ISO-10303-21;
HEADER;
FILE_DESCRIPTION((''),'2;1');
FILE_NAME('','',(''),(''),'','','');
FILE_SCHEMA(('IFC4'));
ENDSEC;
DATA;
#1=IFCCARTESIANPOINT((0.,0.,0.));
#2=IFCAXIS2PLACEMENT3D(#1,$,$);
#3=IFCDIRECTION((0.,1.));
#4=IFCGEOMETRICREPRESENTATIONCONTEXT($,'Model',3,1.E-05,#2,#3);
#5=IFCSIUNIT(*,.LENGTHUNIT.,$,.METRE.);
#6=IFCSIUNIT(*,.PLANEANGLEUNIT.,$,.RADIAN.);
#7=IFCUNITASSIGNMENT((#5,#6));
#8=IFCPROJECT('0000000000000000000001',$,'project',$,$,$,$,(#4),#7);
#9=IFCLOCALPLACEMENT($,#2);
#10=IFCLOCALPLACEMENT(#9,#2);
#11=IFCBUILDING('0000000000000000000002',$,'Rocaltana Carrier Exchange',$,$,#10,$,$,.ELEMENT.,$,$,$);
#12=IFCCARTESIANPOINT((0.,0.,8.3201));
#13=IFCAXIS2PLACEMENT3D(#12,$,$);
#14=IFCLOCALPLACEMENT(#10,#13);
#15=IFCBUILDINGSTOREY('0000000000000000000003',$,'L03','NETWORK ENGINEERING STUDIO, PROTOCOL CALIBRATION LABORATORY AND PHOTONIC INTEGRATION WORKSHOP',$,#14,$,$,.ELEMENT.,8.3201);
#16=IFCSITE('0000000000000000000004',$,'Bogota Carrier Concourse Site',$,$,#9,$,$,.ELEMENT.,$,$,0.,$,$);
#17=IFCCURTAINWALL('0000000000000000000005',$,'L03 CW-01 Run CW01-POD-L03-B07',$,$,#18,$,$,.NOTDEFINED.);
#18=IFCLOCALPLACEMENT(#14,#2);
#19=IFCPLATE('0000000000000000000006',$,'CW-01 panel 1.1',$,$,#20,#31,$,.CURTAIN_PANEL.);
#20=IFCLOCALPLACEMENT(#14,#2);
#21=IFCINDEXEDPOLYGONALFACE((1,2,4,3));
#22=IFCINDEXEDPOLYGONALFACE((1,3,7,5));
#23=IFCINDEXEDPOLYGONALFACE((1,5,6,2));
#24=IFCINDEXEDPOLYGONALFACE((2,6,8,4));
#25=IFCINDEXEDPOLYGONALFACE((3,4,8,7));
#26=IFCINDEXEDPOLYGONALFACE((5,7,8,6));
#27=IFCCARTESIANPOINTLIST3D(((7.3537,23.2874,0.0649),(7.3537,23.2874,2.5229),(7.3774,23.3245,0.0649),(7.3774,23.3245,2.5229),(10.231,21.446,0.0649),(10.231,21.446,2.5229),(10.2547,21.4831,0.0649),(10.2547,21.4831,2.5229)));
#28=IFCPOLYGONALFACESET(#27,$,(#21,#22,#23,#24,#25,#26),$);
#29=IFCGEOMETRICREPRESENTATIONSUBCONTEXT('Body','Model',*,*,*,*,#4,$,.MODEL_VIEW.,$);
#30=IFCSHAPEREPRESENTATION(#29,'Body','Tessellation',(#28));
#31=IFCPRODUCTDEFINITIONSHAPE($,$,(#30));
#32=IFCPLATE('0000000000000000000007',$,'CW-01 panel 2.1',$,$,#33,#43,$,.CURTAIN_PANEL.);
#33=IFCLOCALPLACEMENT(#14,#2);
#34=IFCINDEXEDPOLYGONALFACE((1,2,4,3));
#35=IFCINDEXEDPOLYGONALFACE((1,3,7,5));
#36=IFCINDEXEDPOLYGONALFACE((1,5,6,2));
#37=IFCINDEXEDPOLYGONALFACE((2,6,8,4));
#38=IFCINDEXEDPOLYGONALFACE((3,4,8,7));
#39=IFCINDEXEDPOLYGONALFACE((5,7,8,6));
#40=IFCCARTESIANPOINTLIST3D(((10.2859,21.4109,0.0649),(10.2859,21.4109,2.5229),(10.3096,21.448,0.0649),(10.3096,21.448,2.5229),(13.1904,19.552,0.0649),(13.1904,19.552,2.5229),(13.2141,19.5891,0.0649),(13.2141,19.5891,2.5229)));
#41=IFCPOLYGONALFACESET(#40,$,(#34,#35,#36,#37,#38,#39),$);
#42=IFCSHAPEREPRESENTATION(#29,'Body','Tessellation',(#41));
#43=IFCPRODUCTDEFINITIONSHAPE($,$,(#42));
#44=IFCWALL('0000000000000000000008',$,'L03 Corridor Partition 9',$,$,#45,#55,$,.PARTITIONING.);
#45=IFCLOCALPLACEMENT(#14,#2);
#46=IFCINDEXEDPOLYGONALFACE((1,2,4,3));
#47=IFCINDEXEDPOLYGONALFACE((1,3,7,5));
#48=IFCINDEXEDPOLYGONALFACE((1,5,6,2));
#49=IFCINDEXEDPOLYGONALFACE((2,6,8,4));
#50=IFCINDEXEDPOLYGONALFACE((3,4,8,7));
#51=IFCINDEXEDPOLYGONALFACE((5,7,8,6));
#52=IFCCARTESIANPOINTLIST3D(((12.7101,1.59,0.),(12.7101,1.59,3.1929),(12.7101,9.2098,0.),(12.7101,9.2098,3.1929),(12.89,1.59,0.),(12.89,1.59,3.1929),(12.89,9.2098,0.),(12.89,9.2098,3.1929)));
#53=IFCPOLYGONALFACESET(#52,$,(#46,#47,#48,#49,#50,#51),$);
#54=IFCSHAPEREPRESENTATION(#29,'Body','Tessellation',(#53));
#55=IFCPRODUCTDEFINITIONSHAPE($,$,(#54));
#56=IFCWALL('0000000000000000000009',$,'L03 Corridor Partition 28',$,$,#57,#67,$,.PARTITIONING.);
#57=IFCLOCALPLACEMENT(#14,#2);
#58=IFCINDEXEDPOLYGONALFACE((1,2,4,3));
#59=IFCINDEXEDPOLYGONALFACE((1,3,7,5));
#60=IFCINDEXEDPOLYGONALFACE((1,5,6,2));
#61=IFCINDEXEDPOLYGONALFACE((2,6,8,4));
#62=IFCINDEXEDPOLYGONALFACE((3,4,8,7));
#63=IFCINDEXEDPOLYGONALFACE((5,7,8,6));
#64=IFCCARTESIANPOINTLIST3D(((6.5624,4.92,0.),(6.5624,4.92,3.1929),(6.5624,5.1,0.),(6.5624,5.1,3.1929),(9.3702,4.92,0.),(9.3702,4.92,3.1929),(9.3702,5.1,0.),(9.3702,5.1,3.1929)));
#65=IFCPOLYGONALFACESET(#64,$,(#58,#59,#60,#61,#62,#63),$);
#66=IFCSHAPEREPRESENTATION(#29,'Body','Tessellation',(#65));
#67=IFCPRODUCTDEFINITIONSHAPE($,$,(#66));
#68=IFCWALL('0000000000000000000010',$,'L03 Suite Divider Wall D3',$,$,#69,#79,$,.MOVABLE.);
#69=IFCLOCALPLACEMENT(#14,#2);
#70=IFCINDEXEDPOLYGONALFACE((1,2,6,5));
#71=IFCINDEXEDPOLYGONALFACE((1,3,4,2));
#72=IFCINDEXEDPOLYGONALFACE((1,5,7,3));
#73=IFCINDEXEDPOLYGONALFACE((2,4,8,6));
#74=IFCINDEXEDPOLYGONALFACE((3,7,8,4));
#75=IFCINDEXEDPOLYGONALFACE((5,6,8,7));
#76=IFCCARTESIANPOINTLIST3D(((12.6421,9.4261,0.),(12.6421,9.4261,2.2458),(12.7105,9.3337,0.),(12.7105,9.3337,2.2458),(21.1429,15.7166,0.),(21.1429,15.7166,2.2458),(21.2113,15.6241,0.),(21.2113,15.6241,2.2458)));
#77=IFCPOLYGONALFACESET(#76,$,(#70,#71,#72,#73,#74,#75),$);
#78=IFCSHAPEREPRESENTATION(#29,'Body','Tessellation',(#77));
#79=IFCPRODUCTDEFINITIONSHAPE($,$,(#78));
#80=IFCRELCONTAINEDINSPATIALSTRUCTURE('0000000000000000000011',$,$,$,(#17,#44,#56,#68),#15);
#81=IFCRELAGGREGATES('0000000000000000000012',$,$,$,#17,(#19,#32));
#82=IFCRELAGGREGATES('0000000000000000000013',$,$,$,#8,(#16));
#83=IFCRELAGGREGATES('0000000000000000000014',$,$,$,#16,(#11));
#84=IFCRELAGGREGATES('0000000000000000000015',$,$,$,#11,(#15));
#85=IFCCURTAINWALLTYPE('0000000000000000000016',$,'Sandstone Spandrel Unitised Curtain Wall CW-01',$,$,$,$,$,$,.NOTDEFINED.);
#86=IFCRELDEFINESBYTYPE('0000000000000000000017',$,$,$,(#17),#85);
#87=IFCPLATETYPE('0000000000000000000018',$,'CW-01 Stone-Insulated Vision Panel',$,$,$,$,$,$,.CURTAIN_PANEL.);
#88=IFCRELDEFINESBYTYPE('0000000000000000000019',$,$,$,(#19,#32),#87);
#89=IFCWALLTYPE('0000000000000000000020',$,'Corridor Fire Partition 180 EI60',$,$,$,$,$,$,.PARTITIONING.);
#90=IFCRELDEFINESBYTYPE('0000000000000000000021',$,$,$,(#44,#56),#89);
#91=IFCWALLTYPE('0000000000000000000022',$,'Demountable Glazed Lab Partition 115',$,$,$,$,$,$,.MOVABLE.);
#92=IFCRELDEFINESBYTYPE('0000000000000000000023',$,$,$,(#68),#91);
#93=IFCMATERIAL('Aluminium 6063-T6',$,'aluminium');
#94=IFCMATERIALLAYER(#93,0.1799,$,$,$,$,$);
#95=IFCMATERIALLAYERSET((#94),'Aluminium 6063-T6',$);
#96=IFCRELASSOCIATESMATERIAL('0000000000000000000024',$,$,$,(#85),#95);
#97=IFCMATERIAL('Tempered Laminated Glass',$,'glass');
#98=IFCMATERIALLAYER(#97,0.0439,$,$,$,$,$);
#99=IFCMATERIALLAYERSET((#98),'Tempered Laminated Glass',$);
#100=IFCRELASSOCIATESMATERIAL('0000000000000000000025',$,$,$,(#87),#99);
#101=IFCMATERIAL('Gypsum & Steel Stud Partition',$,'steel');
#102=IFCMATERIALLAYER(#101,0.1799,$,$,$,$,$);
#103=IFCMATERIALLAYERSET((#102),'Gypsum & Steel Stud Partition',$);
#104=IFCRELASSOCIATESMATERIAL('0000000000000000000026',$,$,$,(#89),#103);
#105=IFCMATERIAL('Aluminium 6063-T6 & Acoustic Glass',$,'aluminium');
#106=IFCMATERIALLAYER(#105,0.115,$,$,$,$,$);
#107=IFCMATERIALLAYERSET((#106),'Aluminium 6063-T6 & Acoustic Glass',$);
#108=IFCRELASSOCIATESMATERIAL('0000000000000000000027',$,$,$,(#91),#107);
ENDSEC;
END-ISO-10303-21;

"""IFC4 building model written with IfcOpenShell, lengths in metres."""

from ifc_helpers import new_model, si_unit, direction, frame, frame_2d, origin, origin_2d, place, context, subcontext, project, spatial, rectangle, extrude, material, layer, layer_set, type_object, element, aggregate, save


model = new_model("IFC4")

# Units and contexts
model_context = context("Model", 3, precision=1e-05, world=origin(), true_north=direction((0.0, 1.0)))
body_context = subcontext(model_context, "Body", "Model", "MODEL_VIEW")
ifc_project = project(units=[si_unit("LENGTHUNIT", "METRE"), si_unit("PLANEANGLEUNIT", "RADIAN")], contexts=[model_context])

# Site, building, storey
site_placement = place(None, origin())
site = spatial("IfcSite", under=ifc_project, at=site_placement, Name="Bogota Carrier Concourse Site", CompositionType="ELEMENT", RefElevation=0.0)
building_placement = place(site_placement, origin())
building = spatial("IfcBuilding", under=site, at=building_placement, Name="Rocaltana Carrier Exchange", CompositionType="ELEMENT")
storey_placement = place(building_placement, frame((0.0, 0.0, 8.3201)))
storey = spatial("IfcBuildingStorey", under=building, at=storey_placement, Name="L03", Description="NETWORK ENGINEERING STUDIO, PROTOCOL CALIBRATION LABORATORY AND PHOTONIC INTEGRATION WORKSHOP", CompositionType="ELEMENT", Elevation=8.3201)

# Curtain wall
ifc_material_1 = material(Name="Aluminium 6063-T6", Category="aluminium")
ifc_layer_1 = layer(ifc_material_1, 0.1799)
ifc_layer_set_1 = layer_set([ifc_layer_1], Name="Aluminium 6063-T6")
curtain_wall_type = type_object("IfcCurtainWallType", Name="Sandstone Spandrel Unitised Curtain Wall CW-01", PredefinedType="NOTDEFINED", material=ifc_layer_set_1)
curtain_wall_placement = place(storey_placement, origin())
curtain_wall = element("IfcCurtainWall", 1, at=curtain_wall_placement, inside=storey, type_object=curtain_wall_type, Name="L03 CW-01 Run CW01-POD-L03-B07", PredefinedType="NOTDEFINED")

# Plates
ifc_material_2 = material(Name="Tempered Laminated Glass", Category="glass")
ifc_layer_2 = layer(ifc_material_2, 0.0439)
ifc_layer_set_2 = layer_set([ifc_layer_2], Name="Tempered Laminated Glass")
plate_type = type_object("IfcPlateType", Name="CW-01 Stone-Insulated Vision Panel", PredefinedType="CURTAIN_PANEL", material=ifc_layer_set_2)
plate_1_placement = place(storey_placement, frame((8.8042, 22.3853, 0.0649), z_axis=(0.0, 0.0, 1.0), x_axis=(0.842273, -0.53905, 0.0)))
plate_1 = element("IfcPlate", 2, at=plate_1_placement, type_object=plate_type, Name="CW-01 panel 1.1", PredefinedType="CURTAIN_PANEL", context=body_context, shape_type="SweptSolid", body=[
    extrude(rectangle(XDim=3.416, YDim=0.0439, at=origin_2d()), origin(), (0.0, 0.0, 1.0), 2.458),
])
plate_2_placement = place(storey_placement, frame((11.75, 20.5, 0.0649), z_axis=(0.0, 0.0, 1.0), x_axis=(0.842273, -0.53905, 0.0)))
plate_2 = element("IfcPlate", 3, at=plate_2_placement, type_object=plate_type, Name="CW-01 panel 2.1", PredefinedType="CURTAIN_PANEL", context=body_context, shape_type="SweptSolid", body=[
    extrude(rectangle(XDim=3.4485, YDim=0.0439, at=origin_2d()), origin(), (0.0, 0.0, 1.0), 2.458),
])
aggregate(curtain_wall, [plate_1, plate_2])

# Walls
ifc_material_3 = material(Name="Gypsum & Steel Stud Partition", Category="steel")
ifc_layer_3 = layer(ifc_material_3, 0.1799)
ifc_layer_set_3 = layer_set([ifc_layer_3], Name="Gypsum & Steel Stud Partition")
wall_type_1 = type_object("IfcWallType", Name="Corridor Fire Partition 180 EI60", PredefinedType="PARTITIONING", material=ifc_layer_set_3)
wall_1_placement = place(storey_placement, frame((12.8, 9.21, 0.0), z_axis=(0.0, 0.0, 1.0), x_axis=(0.0, -1.0, 0.0)))
element("IfcWall", 4, at=wall_1_placement, inside=storey, type_object=wall_type_1, Name="L03 Corridor Partition 9", PredefinedType="PARTITIONING", context=body_context, shape_type="SweptSolid", body=[
    extrude(rectangle(XDim=7.6199, YDim=0.1799, at=frame_2d((3.8101, 0.0))), origin(), (0.0, 0.0, 1.0), 3.1929),
])
wall_2_placement = place(storey_placement, frame((9.3701, 5.01, 0.0), z_axis=(0.0, 0.0, 1.0), x_axis=(-1.0, 0.0, 0.0)))
element("IfcWall", 5, at=wall_2_placement, inside=storey, type_object=wall_type_1, Name="L03 Corridor Partition 28", PredefinedType="PARTITIONING", context=body_context, shape_type="SweptSolid", body=[
    extrude(rectangle(XDim=2.8079, YDim=0.1799, at=frame_2d((1.4038, 0.0))), origin(), (0.0, 0.0, 1.0), 3.1929),
])
ifc_material_4 = material(Name="Aluminium 6063-T6 & Acoustic Glass", Category="aluminium")
ifc_layer_4 = layer(ifc_material_4, 0.115)
ifc_layer_set_4 = layer_set([ifc_layer_4], Name="Aluminium 6063-T6 & Acoustic Glass")
wall_type_2 = type_object("IfcWallType", Name="Demountable Glazed Lab Partition 115", PredefinedType="MOVABLE", material=ifc_layer_set_4)
wall_3_placement = place(storey_placement, frame((12.6763, 9.3799, 0.0), z_axis=(0.0, 0.0, 1.0), x_axis=(0.803851, 0.594831, 0.0)))
element("IfcWall", 6, at=wall_3_placement, inside=storey, type_object=wall_type_2, Name="L03 Suite Divider Wall D3", PredefinedType="MOVABLE", context=body_context, shape_type="SweptSolid", body=[
    extrude(rectangle(XDim=10.5752, YDim=0.115, at=frame_2d((5.2876, 0.0))), origin(), (0.0, 0.0, 1.0), 2.2458),
])

save(model, "model.ifc")
